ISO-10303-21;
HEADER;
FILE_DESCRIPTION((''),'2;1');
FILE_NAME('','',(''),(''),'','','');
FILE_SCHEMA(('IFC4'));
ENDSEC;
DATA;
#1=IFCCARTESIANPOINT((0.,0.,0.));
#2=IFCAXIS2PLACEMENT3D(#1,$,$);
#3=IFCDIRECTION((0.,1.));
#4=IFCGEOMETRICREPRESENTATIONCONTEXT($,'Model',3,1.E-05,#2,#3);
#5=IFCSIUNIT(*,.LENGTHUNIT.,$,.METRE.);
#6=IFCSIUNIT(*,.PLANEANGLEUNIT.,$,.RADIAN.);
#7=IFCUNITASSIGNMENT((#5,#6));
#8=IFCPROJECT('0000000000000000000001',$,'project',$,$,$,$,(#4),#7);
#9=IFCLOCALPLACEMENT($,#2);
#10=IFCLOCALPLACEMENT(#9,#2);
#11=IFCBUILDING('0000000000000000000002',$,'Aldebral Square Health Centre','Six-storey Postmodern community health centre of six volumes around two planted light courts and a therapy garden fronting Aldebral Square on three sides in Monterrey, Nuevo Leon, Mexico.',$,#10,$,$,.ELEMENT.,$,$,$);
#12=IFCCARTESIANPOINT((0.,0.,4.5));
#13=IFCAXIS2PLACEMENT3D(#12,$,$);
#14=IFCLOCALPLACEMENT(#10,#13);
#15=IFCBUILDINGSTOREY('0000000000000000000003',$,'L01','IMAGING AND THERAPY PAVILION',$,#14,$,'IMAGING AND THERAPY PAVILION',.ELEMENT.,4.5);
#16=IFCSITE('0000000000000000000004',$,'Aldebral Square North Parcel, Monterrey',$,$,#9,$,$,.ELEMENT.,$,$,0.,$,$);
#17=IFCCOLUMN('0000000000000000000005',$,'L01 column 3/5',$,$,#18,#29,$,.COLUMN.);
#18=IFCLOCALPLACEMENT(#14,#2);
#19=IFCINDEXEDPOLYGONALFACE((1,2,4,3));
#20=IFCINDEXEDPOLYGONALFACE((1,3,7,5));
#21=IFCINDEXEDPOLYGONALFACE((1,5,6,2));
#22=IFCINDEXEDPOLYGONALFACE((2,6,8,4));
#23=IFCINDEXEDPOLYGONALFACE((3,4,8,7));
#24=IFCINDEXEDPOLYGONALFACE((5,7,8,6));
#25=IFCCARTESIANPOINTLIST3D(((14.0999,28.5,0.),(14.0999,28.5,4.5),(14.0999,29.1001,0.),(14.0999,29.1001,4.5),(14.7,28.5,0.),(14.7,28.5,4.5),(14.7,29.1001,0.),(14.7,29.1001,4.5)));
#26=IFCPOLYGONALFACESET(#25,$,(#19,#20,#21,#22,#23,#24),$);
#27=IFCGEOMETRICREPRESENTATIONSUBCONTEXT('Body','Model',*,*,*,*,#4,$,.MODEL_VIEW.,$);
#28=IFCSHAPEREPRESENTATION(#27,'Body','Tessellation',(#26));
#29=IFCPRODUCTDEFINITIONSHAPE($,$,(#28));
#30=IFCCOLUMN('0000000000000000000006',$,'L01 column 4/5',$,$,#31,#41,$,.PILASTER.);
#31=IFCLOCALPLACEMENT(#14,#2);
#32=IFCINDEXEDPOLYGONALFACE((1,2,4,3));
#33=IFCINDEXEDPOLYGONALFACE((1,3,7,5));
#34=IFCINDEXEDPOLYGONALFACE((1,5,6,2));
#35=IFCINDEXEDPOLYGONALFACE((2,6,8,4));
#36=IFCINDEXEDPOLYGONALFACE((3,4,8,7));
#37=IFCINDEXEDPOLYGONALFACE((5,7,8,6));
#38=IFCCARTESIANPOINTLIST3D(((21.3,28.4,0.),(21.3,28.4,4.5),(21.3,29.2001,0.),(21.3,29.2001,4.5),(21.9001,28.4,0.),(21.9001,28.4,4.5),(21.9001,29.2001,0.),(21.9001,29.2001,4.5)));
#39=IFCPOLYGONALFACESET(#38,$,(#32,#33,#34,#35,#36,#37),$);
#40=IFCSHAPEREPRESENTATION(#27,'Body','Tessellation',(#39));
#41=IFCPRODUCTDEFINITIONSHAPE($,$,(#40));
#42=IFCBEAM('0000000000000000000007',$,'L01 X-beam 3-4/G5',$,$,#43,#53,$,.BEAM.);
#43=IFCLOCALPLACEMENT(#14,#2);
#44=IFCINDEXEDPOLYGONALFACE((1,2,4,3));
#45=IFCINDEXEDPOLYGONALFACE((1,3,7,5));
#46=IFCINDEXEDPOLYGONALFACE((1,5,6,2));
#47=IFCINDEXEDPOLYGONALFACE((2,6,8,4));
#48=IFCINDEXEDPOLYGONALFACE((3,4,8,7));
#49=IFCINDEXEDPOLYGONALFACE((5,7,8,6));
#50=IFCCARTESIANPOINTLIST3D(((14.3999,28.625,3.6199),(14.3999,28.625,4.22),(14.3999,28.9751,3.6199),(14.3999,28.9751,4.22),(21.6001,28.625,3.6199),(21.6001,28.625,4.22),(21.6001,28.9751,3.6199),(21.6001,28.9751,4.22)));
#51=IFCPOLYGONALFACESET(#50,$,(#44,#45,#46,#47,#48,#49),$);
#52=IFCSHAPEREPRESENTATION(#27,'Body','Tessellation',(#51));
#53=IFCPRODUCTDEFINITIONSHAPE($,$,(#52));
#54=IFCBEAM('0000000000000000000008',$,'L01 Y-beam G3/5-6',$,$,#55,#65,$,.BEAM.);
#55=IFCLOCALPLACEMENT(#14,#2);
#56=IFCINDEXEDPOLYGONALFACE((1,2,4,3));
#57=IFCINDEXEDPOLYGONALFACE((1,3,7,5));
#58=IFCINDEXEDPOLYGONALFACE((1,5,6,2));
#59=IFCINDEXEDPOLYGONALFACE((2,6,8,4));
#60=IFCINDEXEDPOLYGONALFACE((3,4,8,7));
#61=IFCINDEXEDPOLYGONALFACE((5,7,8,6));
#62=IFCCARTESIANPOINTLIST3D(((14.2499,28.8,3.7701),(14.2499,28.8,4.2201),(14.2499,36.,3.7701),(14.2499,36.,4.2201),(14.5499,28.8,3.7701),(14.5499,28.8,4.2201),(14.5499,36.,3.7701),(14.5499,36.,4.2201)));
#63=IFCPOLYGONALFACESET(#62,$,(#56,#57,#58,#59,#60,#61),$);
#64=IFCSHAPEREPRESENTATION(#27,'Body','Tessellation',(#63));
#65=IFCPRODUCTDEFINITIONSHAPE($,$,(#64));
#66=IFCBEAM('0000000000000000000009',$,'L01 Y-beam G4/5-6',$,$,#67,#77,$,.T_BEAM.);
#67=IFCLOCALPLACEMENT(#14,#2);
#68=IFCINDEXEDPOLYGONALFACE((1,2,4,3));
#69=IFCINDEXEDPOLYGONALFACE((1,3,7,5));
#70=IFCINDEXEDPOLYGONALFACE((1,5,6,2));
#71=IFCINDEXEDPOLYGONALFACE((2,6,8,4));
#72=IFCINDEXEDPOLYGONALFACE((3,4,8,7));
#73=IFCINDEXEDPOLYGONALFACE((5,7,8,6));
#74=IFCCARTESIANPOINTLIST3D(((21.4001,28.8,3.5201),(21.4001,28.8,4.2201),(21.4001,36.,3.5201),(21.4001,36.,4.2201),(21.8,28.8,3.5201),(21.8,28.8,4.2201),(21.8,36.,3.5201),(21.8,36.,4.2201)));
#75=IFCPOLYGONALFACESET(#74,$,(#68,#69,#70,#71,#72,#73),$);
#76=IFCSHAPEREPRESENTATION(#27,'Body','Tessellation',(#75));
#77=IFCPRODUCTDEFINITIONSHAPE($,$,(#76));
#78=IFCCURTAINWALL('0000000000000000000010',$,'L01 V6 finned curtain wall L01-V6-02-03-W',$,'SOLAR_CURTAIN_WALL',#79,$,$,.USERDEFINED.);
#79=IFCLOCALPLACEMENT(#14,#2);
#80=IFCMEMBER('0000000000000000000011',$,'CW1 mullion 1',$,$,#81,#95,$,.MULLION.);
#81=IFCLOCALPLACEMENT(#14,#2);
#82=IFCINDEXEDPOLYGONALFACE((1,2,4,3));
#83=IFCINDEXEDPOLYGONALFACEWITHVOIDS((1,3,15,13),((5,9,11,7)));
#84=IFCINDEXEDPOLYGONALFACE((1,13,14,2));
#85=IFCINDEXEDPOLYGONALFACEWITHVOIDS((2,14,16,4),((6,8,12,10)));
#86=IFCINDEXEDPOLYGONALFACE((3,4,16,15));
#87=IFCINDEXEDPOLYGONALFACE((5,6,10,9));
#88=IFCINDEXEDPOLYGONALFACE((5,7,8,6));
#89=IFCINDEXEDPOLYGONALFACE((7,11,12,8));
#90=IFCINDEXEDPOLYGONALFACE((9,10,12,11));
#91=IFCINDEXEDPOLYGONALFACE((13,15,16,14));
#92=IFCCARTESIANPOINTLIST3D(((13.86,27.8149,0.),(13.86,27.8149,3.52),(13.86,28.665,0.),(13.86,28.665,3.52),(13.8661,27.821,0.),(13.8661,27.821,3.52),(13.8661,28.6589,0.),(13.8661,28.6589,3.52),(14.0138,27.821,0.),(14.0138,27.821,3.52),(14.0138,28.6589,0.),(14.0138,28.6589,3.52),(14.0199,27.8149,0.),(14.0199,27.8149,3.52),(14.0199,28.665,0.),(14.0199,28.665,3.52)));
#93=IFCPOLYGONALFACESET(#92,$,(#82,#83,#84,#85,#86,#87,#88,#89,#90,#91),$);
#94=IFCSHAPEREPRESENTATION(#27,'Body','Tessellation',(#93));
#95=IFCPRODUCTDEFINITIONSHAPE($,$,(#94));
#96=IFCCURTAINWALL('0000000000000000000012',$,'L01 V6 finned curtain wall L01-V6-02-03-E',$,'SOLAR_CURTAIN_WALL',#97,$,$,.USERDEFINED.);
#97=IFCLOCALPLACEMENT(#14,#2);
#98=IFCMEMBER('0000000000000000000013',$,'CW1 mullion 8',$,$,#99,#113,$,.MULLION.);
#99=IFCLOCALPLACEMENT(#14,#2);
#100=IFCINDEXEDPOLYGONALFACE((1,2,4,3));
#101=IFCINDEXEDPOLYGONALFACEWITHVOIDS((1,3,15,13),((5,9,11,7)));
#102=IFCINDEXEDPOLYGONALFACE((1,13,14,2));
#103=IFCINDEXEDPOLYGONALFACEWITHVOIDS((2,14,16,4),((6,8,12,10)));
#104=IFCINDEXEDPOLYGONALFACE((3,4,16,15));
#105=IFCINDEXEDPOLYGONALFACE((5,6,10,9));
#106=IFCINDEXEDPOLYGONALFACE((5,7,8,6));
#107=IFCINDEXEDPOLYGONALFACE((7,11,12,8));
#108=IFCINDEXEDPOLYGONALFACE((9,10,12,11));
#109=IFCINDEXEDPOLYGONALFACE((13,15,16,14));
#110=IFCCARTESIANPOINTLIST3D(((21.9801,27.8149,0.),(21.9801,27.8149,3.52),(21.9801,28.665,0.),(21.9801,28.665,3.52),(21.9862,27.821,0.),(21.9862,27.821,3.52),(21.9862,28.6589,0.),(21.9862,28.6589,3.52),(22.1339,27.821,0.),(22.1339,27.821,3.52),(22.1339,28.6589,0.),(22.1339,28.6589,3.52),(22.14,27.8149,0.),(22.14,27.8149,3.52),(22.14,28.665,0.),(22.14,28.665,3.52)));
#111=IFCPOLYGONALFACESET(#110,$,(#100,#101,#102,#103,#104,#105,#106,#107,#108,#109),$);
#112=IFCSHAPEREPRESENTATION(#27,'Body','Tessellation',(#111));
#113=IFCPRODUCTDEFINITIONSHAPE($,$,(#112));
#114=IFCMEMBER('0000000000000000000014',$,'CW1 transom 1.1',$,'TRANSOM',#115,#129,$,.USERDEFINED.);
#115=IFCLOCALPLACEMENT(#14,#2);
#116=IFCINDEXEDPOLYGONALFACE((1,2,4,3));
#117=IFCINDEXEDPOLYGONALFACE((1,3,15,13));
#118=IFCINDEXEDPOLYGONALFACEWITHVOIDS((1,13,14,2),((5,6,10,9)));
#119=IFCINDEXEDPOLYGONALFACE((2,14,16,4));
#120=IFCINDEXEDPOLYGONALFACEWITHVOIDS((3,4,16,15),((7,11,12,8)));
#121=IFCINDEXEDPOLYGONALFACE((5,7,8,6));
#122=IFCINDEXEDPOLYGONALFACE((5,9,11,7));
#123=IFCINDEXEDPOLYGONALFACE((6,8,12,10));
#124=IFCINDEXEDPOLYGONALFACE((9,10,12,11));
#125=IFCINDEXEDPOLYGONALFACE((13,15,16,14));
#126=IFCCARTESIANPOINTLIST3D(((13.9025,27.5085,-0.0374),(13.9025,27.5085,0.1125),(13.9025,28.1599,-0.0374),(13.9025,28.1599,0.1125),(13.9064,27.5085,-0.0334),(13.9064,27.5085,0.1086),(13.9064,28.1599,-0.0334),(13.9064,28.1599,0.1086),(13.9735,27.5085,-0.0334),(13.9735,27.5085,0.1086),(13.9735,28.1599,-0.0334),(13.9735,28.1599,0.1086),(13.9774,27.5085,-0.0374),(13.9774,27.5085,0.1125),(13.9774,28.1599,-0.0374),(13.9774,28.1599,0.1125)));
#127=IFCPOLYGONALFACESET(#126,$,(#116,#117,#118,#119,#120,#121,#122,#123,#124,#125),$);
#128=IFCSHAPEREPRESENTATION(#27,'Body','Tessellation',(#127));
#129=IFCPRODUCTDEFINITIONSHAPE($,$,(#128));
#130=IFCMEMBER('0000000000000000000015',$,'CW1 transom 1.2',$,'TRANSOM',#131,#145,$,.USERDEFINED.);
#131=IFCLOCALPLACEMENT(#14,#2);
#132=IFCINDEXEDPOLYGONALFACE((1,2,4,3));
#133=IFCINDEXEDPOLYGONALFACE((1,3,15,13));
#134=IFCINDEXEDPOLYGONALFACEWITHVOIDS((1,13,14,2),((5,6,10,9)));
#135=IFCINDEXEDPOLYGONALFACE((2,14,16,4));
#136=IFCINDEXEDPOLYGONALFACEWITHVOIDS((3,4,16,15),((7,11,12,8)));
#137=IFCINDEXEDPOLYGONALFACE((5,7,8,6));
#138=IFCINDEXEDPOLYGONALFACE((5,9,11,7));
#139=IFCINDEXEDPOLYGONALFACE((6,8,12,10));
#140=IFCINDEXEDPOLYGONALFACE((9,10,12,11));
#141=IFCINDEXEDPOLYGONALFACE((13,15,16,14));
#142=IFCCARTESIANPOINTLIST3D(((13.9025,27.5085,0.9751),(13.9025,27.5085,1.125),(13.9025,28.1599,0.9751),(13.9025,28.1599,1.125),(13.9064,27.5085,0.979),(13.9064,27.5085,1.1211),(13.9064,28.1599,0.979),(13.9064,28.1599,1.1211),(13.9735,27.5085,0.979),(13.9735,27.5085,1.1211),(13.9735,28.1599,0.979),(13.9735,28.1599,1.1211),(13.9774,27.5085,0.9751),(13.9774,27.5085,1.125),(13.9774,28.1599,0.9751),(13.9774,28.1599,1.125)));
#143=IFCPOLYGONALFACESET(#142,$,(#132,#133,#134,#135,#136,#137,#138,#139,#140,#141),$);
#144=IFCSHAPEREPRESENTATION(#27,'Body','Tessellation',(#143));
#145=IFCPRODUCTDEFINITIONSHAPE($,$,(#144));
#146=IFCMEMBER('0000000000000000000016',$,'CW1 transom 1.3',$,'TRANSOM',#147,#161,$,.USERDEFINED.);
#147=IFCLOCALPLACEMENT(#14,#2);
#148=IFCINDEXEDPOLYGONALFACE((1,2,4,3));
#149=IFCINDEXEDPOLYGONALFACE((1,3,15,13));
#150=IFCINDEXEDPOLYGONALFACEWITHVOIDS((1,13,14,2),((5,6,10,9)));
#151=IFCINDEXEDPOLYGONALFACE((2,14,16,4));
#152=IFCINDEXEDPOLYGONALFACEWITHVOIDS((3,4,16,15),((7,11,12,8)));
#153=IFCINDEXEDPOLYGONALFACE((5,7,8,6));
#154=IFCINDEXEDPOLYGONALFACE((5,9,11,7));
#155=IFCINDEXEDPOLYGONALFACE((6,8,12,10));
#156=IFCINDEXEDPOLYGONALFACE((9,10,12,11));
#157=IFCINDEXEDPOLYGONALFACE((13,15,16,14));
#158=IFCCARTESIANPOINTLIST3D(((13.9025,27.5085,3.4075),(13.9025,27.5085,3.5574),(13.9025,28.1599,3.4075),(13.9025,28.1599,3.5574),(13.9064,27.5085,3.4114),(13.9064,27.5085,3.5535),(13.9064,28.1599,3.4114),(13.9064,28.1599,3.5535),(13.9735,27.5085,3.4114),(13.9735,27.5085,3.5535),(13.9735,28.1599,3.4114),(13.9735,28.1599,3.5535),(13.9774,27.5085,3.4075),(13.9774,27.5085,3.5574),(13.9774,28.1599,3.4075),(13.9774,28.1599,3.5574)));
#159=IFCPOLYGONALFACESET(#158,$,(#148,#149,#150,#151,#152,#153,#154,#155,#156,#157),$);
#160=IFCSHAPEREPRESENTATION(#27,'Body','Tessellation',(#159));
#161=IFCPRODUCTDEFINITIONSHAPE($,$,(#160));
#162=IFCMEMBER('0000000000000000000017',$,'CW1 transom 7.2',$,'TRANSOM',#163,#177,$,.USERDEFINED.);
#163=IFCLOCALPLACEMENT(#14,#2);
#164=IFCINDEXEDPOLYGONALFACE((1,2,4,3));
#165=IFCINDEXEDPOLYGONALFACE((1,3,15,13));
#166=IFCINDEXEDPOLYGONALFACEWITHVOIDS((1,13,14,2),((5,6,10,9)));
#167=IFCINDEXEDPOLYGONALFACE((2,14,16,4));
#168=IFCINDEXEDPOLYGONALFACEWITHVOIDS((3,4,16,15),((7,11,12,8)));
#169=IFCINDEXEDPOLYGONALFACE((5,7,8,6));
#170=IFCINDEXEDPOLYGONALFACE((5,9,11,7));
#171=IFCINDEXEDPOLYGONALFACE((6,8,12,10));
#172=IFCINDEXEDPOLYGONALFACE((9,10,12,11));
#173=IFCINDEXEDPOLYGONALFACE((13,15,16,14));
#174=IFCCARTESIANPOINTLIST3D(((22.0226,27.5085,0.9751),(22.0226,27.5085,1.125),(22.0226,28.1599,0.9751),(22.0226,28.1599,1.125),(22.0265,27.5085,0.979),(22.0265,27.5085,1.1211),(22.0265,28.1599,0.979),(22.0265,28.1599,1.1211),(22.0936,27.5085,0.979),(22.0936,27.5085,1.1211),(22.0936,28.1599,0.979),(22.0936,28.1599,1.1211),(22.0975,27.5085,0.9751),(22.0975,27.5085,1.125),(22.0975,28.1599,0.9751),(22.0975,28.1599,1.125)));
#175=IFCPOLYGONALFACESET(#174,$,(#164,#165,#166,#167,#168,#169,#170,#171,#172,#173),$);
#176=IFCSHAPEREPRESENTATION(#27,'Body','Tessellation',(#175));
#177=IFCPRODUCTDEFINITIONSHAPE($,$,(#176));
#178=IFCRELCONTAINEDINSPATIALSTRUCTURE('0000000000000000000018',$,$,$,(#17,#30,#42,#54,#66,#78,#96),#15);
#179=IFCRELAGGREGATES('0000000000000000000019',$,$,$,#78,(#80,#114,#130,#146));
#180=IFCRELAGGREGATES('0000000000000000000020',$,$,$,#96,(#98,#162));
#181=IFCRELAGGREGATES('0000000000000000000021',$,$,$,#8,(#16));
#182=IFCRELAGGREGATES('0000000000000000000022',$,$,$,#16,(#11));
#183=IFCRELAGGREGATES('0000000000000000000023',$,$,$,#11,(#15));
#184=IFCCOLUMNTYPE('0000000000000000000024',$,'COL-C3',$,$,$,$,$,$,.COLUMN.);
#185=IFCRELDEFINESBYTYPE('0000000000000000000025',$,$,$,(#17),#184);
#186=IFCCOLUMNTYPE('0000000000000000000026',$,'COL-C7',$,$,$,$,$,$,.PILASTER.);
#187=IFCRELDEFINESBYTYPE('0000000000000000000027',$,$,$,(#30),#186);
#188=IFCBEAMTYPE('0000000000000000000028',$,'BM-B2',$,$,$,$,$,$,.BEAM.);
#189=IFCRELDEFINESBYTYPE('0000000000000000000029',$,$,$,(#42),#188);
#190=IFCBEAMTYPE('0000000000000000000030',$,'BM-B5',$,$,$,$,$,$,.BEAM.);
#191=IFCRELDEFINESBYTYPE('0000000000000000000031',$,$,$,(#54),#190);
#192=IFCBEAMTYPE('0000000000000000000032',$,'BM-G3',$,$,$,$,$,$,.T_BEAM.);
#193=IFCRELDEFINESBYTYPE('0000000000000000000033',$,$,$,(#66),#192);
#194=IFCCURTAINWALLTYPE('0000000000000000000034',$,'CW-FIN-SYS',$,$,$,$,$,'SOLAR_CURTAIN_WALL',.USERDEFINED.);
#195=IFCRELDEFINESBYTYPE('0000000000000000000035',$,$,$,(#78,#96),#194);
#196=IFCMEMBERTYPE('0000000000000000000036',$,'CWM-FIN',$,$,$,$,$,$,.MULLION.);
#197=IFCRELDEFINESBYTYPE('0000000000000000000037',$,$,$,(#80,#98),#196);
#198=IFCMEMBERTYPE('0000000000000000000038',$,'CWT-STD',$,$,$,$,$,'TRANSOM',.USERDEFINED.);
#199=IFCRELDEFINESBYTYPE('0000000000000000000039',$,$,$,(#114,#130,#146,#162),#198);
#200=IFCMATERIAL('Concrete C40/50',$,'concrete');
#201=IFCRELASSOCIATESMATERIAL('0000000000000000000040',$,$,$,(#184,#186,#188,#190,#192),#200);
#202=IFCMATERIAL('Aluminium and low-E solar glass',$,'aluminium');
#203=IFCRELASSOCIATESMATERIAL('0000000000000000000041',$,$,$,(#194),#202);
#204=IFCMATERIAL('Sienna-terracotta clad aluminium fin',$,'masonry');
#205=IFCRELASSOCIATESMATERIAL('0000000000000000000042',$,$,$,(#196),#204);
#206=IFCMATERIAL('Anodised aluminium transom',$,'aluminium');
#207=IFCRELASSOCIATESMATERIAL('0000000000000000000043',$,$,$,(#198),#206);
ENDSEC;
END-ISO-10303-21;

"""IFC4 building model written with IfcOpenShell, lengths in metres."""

from ifc_helpers import new_model, si_unit, direction, frame, origin, origin_2d, place, context, subcontext, project, spatial, rectangle, hollow_rectangle, extrude, material, material_profile, profile_set, type_object, element, aggregate, save


model = new_model("IFC4")

# Units and contexts
model_context = context("Model", 3, precision=1e-05, world=origin(), true_north=direction((0.0, 1.0)))
body_context = subcontext(model_context, "Body", "Model", "MODEL_VIEW")
ifc_project = project(units=[si_unit("LENGTHUNIT", "METRE"), si_unit("PLANEANGLEUNIT", "RADIAN")], contexts=[model_context])

# Site, building, storey
site_placement = place(None, origin())
site = spatial("IfcSite", under=ifc_project, at=site_placement, Name="Aldebral Square North Parcel, Monterrey", CompositionType="ELEMENT", RefElevation=0.0)
building_placement = place(site_placement, origin())
building = spatial("IfcBuilding", under=site, at=building_placement, Name="Aldebral Square Health Centre", Description="Six-storey Postmodern community health centre of six volumes around two planted light courts and a therapy garden fronting Aldebral Square on three sides in Monterrey, Nuevo Leon, Mexico.", CompositionType="ELEMENT")
storey_placement = place(building_placement, frame((0.0, 0.0, 4.5)))
storey = spatial("IfcBuildingStorey", under=building, at=storey_placement, Name="L01", Description="IMAGING AND THERAPY PAVILION", LongName="IMAGING AND THERAPY PAVILION", CompositionType="ELEMENT", Elevation=4.5)

# Columns
ifc_material_1 = material(Name="Concrete C40/50", Category="concrete")
ifc_material_profile_1 = material_profile(ifc_material_1, rectangle(XDim=0.6001, YDim=0.6001, at=origin_2d()), Name="RC 600x600")
ifc_profile_set_1 = profile_set([ifc_material_profile_1], Name="Concrete C40/50")
column_type_1 = type_object("IfcColumnType", Name="COL-C3", PredefinedType="COLUMN", material=ifc_profile_set_1)
column_1_placement = place(storey_placement, frame((14.3999, 28.8, 0.0), z_axis=(0.0, 0.0, 1.0), x_axis=(1.0, 0.0, 0.0)))
element("IfcColumn", 1, at=column_1_placement, inside=storey, type_object=column_type_1, Name="L01 column 3/5", PredefinedType="COLUMN", context=body_context, shape_type="SweptSolid", body=[
    extrude(rectangle(XDim=0.6001, YDim=0.6001, at=origin_2d()), origin(), (0.0, 0.0, 1.0), 4.5),
])
ifc_material_profile_2 = material_profile(ifc_material_1, rectangle(XDim=0.6001, YDim=0.8, at=origin_2d()), Name="RC 600x800")
ifc_profile_set_2 = profile_set([ifc_material_profile_2], Name="Concrete C40/50")
column_type_2 = type_object("IfcColumnType", Name="COL-C7", PredefinedType="PILASTER", material=ifc_profile_set_2)
column_2_placement = place(storey_placement, frame((21.6001, 28.8, 0.0), z_axis=(0.0, 0.0, 1.0), x_axis=(1.0, 0.0, 0.0)))
element("IfcColumn", 2, at=column_2_placement, inside=storey, type_object=column_type_2, Name="L01 column 4/5", PredefinedType="PILASTER", context=body_context, shape_type="SweptSolid", body=[
    extrude(rectangle(XDim=0.6001, YDim=0.8, at=origin_2d()), origin(), (0.0, 0.0, 1.0), 4.5),
])

# Beams
ifc_material_profile_3 = material_profile(ifc_material_1, rectangle(XDim=0.3501, YDim=0.6001, at=origin_2d()), Name="RC 350x600")
ifc_profile_set_3 = profile_set([ifc_material_profile_3], Name="Concrete C40/50")
beam_type_1 = type_object("IfcBeamType", Name="BM-B2", PredefinedType="BEAM", material=ifc_profile_set_3)
beam_1_placement = place(storey_placement, frame((14.3999, 28.8, 3.9199), z_axis=(1.0, 0.0, 0.0), x_axis=(0.0, 1.0, 0.0)))
element("IfcBeam", 3, at=beam_1_placement, inside=storey, type_object=beam_type_1, Name="L01 X-beam 3-4/G5", PredefinedType="BEAM", context=body_context, shape_type="SweptSolid", body=[
    extrude(rectangle(XDim=0.3501, YDim=0.6001, at=origin_2d()), origin(), (0.0, 0.0, 1.0), 7.2002),
])
ifc_material_profile_4 = material_profile(ifc_material_1, rectangle(XDim=0.3, YDim=0.45, at=origin_2d()), Name="RC 300x450")
ifc_profile_set_4 = profile_set([ifc_material_profile_4], Name="Concrete C40/50")
beam_type_2 = type_object("IfcBeamType", Name="BM-B5", PredefinedType="BEAM", material=ifc_profile_set_4)
beam_2_placement = place(storey_placement, frame((14.3999, 28.8, 3.9951), z_axis=(0.0, 1.0, 0.0), x_axis=(-1.0, 0.0, 0.0)))
element("IfcBeam", 4, at=beam_2_placement, inside=storey, type_object=beam_type_2, Name="L01 Y-beam G3/5-6", PredefinedType="BEAM", context=body_context, shape_type="SweptSolid", body=[
    extrude(rectangle(XDim=0.3, YDim=0.45, at=origin_2d()), origin(), (0.0, 0.0, 1.0), 7.2),
])
ifc_material_profile_5 = material_profile(ifc_material_1, rectangle(XDim=0.3999, YDim=0.7, at=origin_2d()), Name="RC 400x700")
ifc_profile_set_5 = profile_set([ifc_material_profile_5], Name="Concrete C40/50")
beam_type_3 = type_object("IfcBeamType", Name="BM-G3", PredefinedType="T_BEAM", material=ifc_profile_set_5)
beam_3_placement = place(storey_placement, frame((21.6001, 28.8, 3.8701), z_axis=(0.0, 1.0, 0.0), x_axis=(-1.0, 0.0, 0.0)))
element("IfcBeam", 5, at=beam_3_placement, inside=storey, type_object=beam_type_3, Name="L01 Y-beam G4/5-6", PredefinedType="T_BEAM", context=body_context, shape_type="SweptSolid", body=[
    extrude(rectangle(XDim=0.3999, YDim=0.7, at=origin_2d()), origin(), (0.0, 0.0, 1.0), 7.2),
])

# Curtain walls, members
ifc_material_2 = material(Name="Aluminium and low-E solar glass", Category="aluminium")
curtain_wall_type = type_object("IfcCurtainWallType", Name="CW-FIN-SYS", ElementType="SOLAR_CURTAIN_WALL", PredefinedType="USERDEFINED", material=ifc_material_2)
curtain_wall_1_placement = place(storey_placement, origin())
curtain_wall_1 = element("IfcCurtainWall", 6, at=curtain_wall_1_placement, inside=storey, type_object=curtain_wall_type, Name="L01 V6 finned curtain wall L01-V6-02-03-W", ObjectType="SOLAR_CURTAIN_WALL", PredefinedType="USERDEFINED")
ifc_material_3 = material(Name="Sienna-terracotta clad aluminium fin", Category="masonry")
ifc_material_profile_6 = material_profile(ifc_material_3, hollow_rectangle(XDim=0.1599, YDim=0.8501, WallThickness=0.0061, at=origin_2d()), Name="FIN 160x850x6")
ifc_profile_set_6 = profile_set([ifc_material_profile_6], Name="Sienna-terracotta clad aluminium fin")
member_type_1 = type_object("IfcMemberType", Name="CWM-FIN", PredefinedType="MULLION", material=ifc_profile_set_6)
member_1_placement = place(storey_placement, frame((13.9399, 28.24, 0.0), z_axis=(0.0, 0.0, 1.0), x_axis=(1.0, 0.0, 0.0)))
member_1 = element("IfcMember", 7, at=member_1_placement, type_object=member_type_1, Name="CW1 mullion 1", PredefinedType="MULLION", context=body_context, shape_type="SweptSolid", body=[
    extrude(hollow_rectangle(XDim=0.1599, YDim=0.8501, WallThickness=0.0061, at=origin_2d()), origin(), (0.0, 0.0, 1.0), 3.52),
])
curtain_wall_2_placement = place(storey_placement, origin())
curtain_wall_2 = element("IfcCurtainWall", 8, at=curtain_wall_2_placement, inside=storey, type_object=curtain_wall_type, Name="L01 V6 finned curtain wall L01-V6-02-03-E", ObjectType="SOLAR_CURTAIN_WALL", PredefinedType="USERDEFINED")
member_2_placement = place(storey_placement, frame((22.0601, 28.24, 0.0), z_axis=(0.0, 0.0, 1.0), x_axis=(-1.0, 0.0, 0.0)))
member_2 = element("IfcMember", 9, at=member_2_placement, type_object=member_type_1, Name="CW1 mullion 8", PredefinedType="MULLION", context=body_context, shape_type="SweptSolid", body=[
    extrude(hollow_rectangle(XDim=0.1599, YDim=0.8501, WallThickness=0.0061, at=origin_2d()), origin(), (0.0, 0.0, 1.0), 3.52),
])

# Members
ifc_material_4 = material(Name="Anodised aluminium transom", Category="aluminium")
ifc_material_profile_7 = material_profile(ifc_material_4, hollow_rectangle(XDim=0.075, YDim=0.1499, WallThickness=0.0039, at=origin_2d()), Name="CWT 75x150x4")
ifc_profile_set_7 = profile_set([ifc_material_profile_7], Name="Anodised aluminium transom")
member_type_2 = type_object("IfcMemberType", Name="CWT-STD", ElementType="TRANSOM", PredefinedType="USERDEFINED", material=ifc_profile_set_7)
member_3_placement = place(storey_placement, frame((13.9399, 28.1599, 0.0376), z_axis=(0.0, -1.0, 0.0), x_axis=(1.0, 0.0, 0.0)))
member_3 = element("IfcMember", 10, at=member_3_placement, type_object=member_type_2, Name="CW1 transom 1.1", ObjectType="TRANSOM", PredefinedType="USERDEFINED", context=body_context, shape_type="SweptSolid", body=[
    extrude(hollow_rectangle(XDim=0.075, YDim=0.1499, WallThickness=0.0039, at=origin_2d()), origin(), (0.0, 0.0, 1.0), 0.6514),
])
member_4_placement = place(storey_placement, frame((13.9399, 28.1599, 1.05), z_axis=(0.0, -1.0, 0.0), x_axis=(1.0, 0.0, 0.0)))
member_4 = element("IfcMember", 11, at=member_4_placement, type_object=member_type_2, Name="CW1 transom 1.2", ObjectType="TRANSOM", PredefinedType="USERDEFINED", context=body_context, shape_type="SweptSolid", body=[
    extrude(hollow_rectangle(XDim=0.075, YDim=0.1499, WallThickness=0.0039, at=origin_2d()), origin(), (0.0, 0.0, 1.0), 0.6514),
])
member_5_placement = place(storey_placement, frame((13.9399, 28.1599, 3.4824), z_axis=(0.0, -1.0, 0.0), x_axis=(1.0, 0.0, 0.0)))
member_5 = element("IfcMember", 12, at=member_5_placement, type_object=member_type_2, Name="CW1 transom 1.3", ObjectType="TRANSOM", PredefinedType="USERDEFINED", context=body_context, shape_type="SweptSolid", body=[
    extrude(hollow_rectangle(XDim=0.075, YDim=0.1499, WallThickness=0.0039, at=origin_2d()), origin(), (0.0, 0.0, 1.0), 0.6514),
])
member_6_placement = place(storey_placement, frame((22.0601, 27.5085, 1.05), z_axis=(0.0, 1.0, 0.0), x_axis=(-1.0, 0.0, 0.0)))
member_6 = element("IfcMember", 13, at=member_6_placement, type_object=member_type_2, Name="CW1 transom 7.2", ObjectType="TRANSOM", PredefinedType="USERDEFINED", context=body_context, shape_type="SweptSolid", body=[
    extrude(hollow_rectangle(XDim=0.075, YDim=0.1499, WallThickness=0.0039, at=origin_2d()), origin(), (0.0, 0.0, 1.0), 0.6514),
])

aggregate(curtain_wall_1, [member_1, member_3, member_4, member_5])
aggregate(curtain_wall_2, [member_2, member_6])

save(model, "model.ifc")
